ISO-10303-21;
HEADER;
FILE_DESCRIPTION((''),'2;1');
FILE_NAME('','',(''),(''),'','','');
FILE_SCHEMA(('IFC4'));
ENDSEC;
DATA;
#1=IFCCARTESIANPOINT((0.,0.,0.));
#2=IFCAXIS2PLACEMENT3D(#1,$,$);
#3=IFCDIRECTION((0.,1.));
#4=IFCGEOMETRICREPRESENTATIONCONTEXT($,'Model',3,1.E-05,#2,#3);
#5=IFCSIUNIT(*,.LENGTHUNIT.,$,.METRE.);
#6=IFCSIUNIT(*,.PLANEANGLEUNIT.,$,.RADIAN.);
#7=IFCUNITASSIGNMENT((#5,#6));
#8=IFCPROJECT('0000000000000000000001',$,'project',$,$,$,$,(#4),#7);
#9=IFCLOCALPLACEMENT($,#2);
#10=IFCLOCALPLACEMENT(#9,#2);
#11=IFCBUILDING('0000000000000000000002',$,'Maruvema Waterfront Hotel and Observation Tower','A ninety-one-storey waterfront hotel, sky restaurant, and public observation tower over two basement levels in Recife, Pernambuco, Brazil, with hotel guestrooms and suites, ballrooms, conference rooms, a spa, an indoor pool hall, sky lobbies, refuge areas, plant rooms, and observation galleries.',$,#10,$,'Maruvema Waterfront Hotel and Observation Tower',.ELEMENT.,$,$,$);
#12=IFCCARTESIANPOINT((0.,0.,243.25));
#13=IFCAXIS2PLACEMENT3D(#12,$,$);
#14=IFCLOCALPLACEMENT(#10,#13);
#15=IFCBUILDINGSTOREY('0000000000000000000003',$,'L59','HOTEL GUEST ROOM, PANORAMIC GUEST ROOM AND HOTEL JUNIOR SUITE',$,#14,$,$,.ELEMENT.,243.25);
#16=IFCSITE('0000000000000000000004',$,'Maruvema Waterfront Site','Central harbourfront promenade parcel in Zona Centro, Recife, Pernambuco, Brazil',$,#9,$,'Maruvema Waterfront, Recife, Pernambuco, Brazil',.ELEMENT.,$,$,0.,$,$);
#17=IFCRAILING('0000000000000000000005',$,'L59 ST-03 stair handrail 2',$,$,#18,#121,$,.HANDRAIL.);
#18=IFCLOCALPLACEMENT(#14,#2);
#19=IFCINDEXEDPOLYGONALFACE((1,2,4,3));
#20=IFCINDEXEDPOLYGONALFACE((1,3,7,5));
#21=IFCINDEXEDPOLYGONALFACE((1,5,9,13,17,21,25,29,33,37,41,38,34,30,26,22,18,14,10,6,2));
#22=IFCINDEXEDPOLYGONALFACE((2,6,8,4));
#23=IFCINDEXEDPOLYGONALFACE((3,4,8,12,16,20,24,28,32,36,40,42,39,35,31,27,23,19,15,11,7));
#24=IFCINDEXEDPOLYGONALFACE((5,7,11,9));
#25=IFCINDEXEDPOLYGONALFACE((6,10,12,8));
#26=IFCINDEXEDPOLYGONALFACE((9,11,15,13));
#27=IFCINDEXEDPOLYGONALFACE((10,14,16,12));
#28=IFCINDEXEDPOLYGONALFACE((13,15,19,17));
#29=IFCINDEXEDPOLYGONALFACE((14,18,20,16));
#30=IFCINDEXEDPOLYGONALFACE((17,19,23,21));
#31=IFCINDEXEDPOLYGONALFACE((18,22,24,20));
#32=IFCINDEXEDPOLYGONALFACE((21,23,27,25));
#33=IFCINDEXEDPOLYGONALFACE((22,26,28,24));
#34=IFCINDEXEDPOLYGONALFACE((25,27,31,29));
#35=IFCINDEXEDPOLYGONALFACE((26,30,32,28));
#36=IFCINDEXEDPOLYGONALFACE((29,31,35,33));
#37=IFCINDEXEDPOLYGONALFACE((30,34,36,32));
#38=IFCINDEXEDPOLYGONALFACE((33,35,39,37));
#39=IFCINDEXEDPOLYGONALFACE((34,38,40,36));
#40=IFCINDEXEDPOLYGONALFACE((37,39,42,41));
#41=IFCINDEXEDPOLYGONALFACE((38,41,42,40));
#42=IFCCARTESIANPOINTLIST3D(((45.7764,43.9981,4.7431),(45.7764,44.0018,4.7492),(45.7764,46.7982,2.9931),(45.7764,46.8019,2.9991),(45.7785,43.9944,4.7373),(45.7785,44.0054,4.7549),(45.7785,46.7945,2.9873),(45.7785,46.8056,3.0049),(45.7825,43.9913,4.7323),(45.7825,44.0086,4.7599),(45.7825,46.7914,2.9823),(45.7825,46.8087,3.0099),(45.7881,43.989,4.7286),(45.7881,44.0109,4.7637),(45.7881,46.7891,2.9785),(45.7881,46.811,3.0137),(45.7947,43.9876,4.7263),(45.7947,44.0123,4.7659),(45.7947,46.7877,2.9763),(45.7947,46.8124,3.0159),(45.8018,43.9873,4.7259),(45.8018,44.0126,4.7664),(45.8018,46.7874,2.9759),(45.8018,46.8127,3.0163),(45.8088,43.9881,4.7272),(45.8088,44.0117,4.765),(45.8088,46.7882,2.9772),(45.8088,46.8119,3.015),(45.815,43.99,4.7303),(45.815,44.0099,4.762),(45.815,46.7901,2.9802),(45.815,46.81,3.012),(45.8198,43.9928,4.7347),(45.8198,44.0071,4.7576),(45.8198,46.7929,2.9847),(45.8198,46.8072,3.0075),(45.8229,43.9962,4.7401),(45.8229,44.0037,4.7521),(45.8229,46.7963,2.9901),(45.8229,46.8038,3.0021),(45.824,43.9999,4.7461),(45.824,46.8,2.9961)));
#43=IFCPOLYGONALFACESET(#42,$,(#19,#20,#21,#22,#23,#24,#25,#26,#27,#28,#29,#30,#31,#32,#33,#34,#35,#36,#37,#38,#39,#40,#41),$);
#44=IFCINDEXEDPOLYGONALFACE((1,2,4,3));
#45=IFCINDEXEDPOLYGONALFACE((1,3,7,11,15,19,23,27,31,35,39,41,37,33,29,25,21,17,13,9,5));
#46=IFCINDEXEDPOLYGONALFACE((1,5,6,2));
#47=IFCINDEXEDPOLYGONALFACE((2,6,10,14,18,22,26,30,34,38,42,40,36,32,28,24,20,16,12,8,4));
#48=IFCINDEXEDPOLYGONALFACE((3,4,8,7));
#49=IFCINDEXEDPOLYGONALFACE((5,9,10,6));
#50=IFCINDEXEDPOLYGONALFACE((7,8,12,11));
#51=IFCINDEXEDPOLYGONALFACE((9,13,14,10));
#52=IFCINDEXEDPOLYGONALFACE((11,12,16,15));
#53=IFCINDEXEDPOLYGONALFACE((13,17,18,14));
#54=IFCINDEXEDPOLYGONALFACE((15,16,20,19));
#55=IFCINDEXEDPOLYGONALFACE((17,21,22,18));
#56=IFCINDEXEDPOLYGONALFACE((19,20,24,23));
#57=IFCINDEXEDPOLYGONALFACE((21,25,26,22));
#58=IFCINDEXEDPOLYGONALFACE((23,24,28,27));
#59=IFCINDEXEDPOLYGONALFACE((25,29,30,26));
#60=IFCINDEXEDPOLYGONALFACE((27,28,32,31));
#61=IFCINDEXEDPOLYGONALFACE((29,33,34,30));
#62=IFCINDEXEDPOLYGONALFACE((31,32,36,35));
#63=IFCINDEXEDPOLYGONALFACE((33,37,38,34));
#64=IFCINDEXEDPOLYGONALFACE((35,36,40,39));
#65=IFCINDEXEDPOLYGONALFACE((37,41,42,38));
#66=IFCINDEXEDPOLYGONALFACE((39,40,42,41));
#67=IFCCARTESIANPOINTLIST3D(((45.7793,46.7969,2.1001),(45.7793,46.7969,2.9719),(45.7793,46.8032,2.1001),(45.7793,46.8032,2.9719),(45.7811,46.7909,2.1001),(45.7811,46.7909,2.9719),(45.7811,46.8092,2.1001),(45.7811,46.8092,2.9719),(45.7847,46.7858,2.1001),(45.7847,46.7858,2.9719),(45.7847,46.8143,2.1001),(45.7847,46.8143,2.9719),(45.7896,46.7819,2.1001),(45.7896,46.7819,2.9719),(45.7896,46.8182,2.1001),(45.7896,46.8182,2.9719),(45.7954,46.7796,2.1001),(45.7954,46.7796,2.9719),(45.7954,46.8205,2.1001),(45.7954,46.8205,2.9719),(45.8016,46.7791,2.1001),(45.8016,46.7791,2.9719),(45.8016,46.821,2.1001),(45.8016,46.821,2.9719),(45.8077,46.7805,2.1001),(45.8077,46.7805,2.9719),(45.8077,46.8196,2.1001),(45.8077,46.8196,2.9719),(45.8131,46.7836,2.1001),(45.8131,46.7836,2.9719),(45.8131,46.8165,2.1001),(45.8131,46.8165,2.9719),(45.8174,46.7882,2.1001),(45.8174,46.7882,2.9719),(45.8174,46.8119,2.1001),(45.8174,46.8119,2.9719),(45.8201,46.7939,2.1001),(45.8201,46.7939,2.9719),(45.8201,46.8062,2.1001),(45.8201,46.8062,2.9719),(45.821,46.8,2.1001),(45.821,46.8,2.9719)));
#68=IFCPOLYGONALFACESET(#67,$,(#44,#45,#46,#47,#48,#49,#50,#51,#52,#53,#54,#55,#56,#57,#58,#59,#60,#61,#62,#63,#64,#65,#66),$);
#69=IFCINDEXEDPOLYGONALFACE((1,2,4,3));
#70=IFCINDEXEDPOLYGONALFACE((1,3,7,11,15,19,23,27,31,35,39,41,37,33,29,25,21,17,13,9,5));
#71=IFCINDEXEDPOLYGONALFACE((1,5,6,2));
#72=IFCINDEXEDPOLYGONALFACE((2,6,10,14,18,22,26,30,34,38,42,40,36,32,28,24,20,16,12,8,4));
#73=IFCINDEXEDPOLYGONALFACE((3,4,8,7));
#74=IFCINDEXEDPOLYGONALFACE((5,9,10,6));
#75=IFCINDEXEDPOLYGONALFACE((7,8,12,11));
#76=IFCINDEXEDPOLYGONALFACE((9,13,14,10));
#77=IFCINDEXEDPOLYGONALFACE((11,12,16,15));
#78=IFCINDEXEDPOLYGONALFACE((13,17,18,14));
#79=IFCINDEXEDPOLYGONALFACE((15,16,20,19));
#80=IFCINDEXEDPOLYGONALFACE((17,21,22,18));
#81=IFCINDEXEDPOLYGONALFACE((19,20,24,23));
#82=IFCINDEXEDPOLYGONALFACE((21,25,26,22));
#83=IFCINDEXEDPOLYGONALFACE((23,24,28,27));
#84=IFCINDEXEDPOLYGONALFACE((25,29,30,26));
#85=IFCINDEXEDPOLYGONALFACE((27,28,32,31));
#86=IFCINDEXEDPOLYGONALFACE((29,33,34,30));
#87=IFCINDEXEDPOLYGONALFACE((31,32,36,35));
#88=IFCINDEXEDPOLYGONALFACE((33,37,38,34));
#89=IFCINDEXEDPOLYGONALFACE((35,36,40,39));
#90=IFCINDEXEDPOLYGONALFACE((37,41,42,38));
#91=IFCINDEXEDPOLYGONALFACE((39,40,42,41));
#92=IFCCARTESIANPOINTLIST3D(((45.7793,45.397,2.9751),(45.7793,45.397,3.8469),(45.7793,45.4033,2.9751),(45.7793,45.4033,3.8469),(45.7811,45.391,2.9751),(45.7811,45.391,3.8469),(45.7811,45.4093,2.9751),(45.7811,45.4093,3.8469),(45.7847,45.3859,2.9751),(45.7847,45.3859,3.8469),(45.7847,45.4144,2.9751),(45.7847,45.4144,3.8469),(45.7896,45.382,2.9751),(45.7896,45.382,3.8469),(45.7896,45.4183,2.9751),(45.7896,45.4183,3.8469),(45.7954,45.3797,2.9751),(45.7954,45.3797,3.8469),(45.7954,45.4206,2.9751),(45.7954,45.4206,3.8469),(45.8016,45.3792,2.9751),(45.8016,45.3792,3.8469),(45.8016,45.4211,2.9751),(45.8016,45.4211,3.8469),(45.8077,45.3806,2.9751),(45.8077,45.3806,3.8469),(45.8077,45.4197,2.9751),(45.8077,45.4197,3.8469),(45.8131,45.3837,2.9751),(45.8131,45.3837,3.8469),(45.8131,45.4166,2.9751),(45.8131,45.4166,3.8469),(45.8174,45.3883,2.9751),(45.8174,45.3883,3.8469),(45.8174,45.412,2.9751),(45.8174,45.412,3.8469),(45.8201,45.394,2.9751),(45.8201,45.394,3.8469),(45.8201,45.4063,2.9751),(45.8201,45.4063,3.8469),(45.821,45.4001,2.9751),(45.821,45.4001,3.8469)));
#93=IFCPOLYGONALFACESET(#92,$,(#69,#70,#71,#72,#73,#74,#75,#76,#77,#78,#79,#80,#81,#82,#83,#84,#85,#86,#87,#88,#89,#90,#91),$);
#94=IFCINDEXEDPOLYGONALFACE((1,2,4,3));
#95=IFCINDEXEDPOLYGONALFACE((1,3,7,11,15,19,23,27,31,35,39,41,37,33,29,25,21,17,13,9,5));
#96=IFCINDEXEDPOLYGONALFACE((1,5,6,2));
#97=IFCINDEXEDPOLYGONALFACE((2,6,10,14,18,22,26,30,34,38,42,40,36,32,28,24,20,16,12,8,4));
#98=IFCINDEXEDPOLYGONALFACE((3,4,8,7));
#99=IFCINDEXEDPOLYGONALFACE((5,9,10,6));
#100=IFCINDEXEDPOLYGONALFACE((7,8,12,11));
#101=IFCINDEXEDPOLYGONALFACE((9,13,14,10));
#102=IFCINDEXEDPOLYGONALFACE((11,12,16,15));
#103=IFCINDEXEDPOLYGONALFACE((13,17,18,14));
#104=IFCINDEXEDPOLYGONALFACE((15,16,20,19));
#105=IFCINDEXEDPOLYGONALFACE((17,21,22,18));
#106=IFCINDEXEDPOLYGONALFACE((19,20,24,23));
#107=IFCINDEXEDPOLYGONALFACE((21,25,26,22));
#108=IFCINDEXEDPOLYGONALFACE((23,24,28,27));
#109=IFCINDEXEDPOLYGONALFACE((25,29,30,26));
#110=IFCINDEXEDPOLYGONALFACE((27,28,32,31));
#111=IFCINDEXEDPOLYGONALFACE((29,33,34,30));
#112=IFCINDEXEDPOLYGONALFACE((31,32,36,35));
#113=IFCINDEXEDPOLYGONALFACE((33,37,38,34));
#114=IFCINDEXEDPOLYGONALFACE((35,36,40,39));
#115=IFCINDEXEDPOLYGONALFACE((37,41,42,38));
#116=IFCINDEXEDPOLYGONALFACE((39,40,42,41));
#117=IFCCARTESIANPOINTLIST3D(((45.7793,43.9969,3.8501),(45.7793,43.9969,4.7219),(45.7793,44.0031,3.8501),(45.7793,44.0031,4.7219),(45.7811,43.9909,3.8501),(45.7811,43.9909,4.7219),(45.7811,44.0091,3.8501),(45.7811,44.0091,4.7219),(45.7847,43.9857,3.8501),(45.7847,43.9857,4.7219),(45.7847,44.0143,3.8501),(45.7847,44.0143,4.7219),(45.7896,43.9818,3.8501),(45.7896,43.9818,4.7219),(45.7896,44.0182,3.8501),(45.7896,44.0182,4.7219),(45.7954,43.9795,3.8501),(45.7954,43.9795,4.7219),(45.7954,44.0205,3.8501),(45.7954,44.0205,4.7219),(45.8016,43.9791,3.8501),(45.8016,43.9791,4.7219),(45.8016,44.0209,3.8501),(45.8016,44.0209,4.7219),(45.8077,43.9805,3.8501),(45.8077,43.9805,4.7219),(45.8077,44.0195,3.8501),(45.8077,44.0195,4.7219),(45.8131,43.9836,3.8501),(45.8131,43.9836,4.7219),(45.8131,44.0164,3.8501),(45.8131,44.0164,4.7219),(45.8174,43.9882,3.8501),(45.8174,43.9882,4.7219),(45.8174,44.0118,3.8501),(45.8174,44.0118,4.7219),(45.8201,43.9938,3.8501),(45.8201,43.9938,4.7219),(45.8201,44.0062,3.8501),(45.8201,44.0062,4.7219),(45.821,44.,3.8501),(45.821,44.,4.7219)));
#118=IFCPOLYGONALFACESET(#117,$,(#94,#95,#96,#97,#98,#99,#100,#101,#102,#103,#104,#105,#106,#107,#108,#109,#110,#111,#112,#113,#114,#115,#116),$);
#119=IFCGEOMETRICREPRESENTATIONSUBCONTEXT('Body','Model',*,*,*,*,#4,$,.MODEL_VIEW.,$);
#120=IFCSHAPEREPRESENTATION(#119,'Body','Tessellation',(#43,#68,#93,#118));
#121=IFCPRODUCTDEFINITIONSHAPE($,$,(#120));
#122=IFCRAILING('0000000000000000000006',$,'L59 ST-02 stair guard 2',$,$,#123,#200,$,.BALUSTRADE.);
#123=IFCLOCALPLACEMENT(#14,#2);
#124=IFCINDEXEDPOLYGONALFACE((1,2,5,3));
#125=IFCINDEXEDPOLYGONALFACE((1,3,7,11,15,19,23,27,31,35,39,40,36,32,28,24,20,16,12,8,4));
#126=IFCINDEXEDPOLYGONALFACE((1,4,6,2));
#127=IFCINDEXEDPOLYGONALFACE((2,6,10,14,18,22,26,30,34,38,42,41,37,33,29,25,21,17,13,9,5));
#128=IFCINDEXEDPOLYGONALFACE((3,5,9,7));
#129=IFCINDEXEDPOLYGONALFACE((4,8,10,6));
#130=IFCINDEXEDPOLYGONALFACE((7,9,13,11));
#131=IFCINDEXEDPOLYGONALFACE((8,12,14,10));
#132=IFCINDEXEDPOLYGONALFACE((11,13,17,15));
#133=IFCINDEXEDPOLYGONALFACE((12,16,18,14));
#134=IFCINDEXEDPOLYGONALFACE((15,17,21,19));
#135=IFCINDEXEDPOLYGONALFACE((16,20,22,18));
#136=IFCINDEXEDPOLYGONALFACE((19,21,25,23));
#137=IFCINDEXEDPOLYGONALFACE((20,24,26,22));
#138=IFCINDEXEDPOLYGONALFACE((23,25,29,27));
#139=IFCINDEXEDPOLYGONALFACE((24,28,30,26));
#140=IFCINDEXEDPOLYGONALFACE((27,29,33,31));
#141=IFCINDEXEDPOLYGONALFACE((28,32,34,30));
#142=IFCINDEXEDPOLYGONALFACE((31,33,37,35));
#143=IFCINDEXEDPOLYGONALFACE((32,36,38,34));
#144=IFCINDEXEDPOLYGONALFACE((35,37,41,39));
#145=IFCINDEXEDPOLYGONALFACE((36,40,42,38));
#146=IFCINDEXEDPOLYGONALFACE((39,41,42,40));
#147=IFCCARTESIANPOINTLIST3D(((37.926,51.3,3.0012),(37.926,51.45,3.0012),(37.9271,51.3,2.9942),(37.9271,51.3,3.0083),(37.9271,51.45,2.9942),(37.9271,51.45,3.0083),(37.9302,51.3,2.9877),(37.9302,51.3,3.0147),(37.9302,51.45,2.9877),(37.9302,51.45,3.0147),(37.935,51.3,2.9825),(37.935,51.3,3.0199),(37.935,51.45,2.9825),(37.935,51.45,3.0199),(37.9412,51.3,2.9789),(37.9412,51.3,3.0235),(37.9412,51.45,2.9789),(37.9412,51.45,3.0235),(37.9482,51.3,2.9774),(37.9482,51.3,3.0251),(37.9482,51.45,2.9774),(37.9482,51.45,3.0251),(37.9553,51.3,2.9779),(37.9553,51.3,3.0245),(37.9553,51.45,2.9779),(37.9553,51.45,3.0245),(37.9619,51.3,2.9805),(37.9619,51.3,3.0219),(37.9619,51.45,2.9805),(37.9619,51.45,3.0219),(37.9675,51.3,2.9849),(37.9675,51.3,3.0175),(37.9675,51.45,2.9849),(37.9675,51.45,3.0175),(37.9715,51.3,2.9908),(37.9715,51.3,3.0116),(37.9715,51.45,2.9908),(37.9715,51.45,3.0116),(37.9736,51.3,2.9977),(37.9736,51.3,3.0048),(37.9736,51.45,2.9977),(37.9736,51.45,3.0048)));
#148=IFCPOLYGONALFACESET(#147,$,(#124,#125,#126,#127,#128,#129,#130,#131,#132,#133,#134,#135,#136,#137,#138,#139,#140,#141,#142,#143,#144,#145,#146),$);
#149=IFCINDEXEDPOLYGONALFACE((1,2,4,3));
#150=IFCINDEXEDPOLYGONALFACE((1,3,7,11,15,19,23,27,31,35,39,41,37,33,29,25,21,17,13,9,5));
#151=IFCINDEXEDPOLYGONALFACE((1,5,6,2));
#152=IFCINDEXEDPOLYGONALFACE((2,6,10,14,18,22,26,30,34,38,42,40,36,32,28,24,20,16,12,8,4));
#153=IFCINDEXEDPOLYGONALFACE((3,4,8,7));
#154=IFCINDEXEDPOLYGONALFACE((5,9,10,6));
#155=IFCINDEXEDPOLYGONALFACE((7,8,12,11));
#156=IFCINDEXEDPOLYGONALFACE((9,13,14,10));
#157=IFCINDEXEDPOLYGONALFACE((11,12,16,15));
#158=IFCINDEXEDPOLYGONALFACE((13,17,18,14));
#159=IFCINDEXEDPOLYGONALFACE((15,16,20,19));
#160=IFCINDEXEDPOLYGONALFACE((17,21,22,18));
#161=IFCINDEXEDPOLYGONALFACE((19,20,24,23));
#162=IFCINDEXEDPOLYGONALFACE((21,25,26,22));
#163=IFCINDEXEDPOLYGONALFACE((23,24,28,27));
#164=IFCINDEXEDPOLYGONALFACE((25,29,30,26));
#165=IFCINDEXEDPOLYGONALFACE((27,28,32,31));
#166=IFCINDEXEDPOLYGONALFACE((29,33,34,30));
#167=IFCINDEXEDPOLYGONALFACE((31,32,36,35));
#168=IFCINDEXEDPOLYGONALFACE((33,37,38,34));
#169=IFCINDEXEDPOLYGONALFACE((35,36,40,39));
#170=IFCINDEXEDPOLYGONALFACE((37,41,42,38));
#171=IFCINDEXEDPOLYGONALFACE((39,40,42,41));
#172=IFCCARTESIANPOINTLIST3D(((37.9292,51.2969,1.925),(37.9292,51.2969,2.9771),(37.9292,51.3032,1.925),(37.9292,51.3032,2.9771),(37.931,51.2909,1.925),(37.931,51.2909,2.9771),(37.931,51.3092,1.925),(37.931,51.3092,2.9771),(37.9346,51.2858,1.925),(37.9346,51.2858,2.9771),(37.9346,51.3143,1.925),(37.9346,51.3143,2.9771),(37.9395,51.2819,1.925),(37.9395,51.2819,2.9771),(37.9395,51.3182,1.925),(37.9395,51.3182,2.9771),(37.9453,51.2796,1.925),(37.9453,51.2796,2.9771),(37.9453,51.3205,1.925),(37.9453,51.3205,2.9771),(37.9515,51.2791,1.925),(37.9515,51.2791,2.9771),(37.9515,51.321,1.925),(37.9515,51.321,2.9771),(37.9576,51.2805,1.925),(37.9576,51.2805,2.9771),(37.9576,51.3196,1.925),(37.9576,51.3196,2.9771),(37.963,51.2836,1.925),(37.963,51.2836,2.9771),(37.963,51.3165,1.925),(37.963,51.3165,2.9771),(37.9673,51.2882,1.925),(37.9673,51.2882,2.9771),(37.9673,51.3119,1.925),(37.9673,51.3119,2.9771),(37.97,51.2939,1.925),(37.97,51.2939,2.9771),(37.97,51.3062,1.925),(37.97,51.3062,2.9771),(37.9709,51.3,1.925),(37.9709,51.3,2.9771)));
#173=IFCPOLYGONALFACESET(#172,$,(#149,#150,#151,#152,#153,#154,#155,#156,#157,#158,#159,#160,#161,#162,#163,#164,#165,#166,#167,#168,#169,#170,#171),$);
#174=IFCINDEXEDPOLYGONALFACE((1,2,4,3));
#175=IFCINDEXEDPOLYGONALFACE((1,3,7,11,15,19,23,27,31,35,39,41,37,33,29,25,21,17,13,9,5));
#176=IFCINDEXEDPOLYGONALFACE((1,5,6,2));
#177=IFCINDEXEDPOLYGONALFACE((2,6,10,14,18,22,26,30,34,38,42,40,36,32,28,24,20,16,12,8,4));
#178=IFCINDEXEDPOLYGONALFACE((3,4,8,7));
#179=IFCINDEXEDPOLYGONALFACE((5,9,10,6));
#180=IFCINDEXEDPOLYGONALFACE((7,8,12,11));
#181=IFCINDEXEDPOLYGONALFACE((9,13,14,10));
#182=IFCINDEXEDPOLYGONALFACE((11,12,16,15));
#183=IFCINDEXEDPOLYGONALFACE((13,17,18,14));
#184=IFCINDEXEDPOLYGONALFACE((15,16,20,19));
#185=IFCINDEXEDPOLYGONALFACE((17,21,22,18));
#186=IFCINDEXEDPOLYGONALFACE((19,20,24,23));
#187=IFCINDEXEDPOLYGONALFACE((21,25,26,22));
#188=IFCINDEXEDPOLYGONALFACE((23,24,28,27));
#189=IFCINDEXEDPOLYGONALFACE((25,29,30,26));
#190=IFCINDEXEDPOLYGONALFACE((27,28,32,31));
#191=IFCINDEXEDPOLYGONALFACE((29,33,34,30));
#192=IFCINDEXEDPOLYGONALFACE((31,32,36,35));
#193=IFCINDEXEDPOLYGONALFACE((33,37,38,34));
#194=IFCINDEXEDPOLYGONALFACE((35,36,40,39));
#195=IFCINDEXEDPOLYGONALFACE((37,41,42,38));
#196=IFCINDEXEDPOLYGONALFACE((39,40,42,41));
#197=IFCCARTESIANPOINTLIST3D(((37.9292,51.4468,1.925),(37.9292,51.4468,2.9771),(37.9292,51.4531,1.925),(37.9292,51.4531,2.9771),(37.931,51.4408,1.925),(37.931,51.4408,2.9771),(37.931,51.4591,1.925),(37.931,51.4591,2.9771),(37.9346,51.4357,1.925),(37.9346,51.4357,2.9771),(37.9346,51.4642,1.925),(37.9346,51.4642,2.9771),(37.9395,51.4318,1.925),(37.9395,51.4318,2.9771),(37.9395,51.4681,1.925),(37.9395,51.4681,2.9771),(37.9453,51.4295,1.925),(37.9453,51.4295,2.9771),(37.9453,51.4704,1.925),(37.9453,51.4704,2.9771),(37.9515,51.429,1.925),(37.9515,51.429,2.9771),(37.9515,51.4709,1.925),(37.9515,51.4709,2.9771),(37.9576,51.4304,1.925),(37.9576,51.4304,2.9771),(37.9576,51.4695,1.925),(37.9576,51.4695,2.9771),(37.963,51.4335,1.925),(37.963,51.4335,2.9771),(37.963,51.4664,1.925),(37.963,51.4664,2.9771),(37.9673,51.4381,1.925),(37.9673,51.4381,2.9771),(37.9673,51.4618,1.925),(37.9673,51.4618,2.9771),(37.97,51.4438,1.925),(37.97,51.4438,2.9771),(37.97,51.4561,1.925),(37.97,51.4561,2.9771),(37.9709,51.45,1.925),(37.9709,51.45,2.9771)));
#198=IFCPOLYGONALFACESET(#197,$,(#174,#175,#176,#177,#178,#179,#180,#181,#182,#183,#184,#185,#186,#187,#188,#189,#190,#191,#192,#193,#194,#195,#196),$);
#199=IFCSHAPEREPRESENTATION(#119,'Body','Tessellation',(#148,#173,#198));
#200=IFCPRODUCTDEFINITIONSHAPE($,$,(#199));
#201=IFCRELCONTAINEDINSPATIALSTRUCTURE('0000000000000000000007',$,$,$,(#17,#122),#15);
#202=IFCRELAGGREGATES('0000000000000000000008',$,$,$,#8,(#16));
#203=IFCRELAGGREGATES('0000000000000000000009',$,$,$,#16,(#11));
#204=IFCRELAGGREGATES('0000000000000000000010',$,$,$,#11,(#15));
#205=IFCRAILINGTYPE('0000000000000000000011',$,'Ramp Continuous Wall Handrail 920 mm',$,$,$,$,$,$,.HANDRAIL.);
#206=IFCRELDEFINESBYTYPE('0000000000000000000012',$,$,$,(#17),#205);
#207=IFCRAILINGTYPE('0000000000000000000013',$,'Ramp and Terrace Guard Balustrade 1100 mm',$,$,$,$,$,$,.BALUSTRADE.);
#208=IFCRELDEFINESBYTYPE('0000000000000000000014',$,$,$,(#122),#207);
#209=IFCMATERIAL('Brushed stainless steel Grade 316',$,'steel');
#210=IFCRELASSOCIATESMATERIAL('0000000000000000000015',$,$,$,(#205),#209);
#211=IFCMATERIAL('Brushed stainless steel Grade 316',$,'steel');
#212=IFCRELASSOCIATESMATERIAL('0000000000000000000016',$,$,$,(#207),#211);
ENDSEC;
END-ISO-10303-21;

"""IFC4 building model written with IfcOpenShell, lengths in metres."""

from ifc_helpers import new_model, si_unit, direction, frame, origin, origin_2d, place, context, subcontext, project, spatial, circle, extrude, material, type_object, element, save


model = new_model("IFC4")

# Units and contexts
model_context = context("Model", 3, precision=1e-05, world=origin(), true_north=direction((0.0, 1.0)))
body_context = subcontext(model_context, "Body", "Model", "MODEL_VIEW")
ifc_project = project(units=[si_unit("LENGTHUNIT", "METRE"), si_unit("PLANEANGLEUNIT", "RADIAN")], contexts=[model_context])

# Site, building, storey
site_placement = place(None, origin())
site = spatial("IfcSite", under=ifc_project, at=site_placement, Name="Maruvema Waterfront Site", Description="Central harbourfront promenade parcel in Zona Centro, Recife, Pernambuco, Brazil", LongName="Maruvema Waterfront, Recife, Pernambuco, Brazil", CompositionType="ELEMENT", RefElevation=0.0)
building_placement = place(site_placement, origin())
building = spatial("IfcBuilding", under=site, at=building_placement, Name="Maruvema Waterfront Hotel and Observation Tower", Description="A ninety-one-storey waterfront hotel, sky restaurant, and public observation tower over two basement levels in Recife, Pernambuco, Brazil, with hotel guestrooms and suites, ballrooms, conference rooms, a spa, an indoor pool hall, sky lobbies, refuge areas, plant rooms, and observation galleries.", LongName="Maruvema Waterfront Hotel and Observation Tower", CompositionType="ELEMENT")
storey_placement = place(building_placement, frame((0.0, 0.0, 243.25)))
storey = spatial("IfcBuildingStorey", under=building, at=storey_placement, Name="L59", Description="HOTEL GUEST ROOM, PANORAMIC GUEST ROOM AND HOTEL JUNIOR SUITE", CompositionType="ELEMENT", Elevation=243.25)

# Railings
ifc_material_1 = material(Name="Brushed stainless steel Grade 316", Category="steel")
railing_type_1 = type_object("IfcRailingType", Name="Ramp Continuous Wall Handrail 920 mm", PredefinedType="HANDRAIL", material=ifc_material_1)
railing_1_placement = place(storey_placement, frame((45.8, 46.8, 2.1001)))
element("IfcRailing", 1, at=railing_1_placement, inside=storey, type_object=railing_type_1, Name="L59 ST-03 stair handrail 2", PredefinedType="HANDRAIL", context=body_context, shape_type="SweptSolid", body=[
    extrude(circle(Radius=0.0239, at=origin_2d()), frame((0.0, 0.0, 0.896), z_axis=(0.0, -0.848002, 0.529992), x_axis=(1.0, 0.0, 0.0)), (0.0, 0.0, 1.0), 3.302),
    extrude(circle(Radius=0.021, at=origin_2d()), origin(), (0.0, 0.0, 1.0), 0.8718),
    extrude(circle(Radius=0.021, at=origin_2d()), frame((0.0, -1.3999, 0.875)), (0.0, 0.0, 1.0), 0.8718),
    extrude(circle(Radius=0.021, at=origin_2d()), frame((0.0, -2.8, 1.75)), (0.0, 0.0, 1.0), 0.8718),
])
ifc_material_2 = material(Name="Brushed stainless steel Grade 316", Category="steel")
railing_type_2 = type_object("IfcRailingType", Name="Ramp and Terrace Guard Balustrade 1100 mm", PredefinedType="BALUSTRADE", material=ifc_material_2)
railing_2_placement = place(storey_placement, frame((37.95, 51.3, 1.925)))
element("IfcRailing", 2, at=railing_2_placement, inside=storey, type_object=railing_type_2, Name="L59 ST-02 stair guard 2", PredefinedType="BALUSTRADE", context=body_context, shape_type="SweptSolid", body=[
    extrude(circle(Radius=0.0239, at=origin_2d()), frame((0.0, 0.0, 1.0762), z_axis=(0.0, 1.0, 0.0), x_axis=(-1.0, 0.0, 0.0)), (0.0, 0.0, 1.0), 0.1499),
    extrude(circle(Radius=0.021, at=origin_2d()), origin(), (0.0, 0.0, 1.0), 1.052),
    extrude(circle(Radius=0.021, at=origin_2d()), frame((0.0, 0.1499, 0.0)), (0.0, 0.0, 1.0), 1.052),
])

save(model, "model.ifc")
